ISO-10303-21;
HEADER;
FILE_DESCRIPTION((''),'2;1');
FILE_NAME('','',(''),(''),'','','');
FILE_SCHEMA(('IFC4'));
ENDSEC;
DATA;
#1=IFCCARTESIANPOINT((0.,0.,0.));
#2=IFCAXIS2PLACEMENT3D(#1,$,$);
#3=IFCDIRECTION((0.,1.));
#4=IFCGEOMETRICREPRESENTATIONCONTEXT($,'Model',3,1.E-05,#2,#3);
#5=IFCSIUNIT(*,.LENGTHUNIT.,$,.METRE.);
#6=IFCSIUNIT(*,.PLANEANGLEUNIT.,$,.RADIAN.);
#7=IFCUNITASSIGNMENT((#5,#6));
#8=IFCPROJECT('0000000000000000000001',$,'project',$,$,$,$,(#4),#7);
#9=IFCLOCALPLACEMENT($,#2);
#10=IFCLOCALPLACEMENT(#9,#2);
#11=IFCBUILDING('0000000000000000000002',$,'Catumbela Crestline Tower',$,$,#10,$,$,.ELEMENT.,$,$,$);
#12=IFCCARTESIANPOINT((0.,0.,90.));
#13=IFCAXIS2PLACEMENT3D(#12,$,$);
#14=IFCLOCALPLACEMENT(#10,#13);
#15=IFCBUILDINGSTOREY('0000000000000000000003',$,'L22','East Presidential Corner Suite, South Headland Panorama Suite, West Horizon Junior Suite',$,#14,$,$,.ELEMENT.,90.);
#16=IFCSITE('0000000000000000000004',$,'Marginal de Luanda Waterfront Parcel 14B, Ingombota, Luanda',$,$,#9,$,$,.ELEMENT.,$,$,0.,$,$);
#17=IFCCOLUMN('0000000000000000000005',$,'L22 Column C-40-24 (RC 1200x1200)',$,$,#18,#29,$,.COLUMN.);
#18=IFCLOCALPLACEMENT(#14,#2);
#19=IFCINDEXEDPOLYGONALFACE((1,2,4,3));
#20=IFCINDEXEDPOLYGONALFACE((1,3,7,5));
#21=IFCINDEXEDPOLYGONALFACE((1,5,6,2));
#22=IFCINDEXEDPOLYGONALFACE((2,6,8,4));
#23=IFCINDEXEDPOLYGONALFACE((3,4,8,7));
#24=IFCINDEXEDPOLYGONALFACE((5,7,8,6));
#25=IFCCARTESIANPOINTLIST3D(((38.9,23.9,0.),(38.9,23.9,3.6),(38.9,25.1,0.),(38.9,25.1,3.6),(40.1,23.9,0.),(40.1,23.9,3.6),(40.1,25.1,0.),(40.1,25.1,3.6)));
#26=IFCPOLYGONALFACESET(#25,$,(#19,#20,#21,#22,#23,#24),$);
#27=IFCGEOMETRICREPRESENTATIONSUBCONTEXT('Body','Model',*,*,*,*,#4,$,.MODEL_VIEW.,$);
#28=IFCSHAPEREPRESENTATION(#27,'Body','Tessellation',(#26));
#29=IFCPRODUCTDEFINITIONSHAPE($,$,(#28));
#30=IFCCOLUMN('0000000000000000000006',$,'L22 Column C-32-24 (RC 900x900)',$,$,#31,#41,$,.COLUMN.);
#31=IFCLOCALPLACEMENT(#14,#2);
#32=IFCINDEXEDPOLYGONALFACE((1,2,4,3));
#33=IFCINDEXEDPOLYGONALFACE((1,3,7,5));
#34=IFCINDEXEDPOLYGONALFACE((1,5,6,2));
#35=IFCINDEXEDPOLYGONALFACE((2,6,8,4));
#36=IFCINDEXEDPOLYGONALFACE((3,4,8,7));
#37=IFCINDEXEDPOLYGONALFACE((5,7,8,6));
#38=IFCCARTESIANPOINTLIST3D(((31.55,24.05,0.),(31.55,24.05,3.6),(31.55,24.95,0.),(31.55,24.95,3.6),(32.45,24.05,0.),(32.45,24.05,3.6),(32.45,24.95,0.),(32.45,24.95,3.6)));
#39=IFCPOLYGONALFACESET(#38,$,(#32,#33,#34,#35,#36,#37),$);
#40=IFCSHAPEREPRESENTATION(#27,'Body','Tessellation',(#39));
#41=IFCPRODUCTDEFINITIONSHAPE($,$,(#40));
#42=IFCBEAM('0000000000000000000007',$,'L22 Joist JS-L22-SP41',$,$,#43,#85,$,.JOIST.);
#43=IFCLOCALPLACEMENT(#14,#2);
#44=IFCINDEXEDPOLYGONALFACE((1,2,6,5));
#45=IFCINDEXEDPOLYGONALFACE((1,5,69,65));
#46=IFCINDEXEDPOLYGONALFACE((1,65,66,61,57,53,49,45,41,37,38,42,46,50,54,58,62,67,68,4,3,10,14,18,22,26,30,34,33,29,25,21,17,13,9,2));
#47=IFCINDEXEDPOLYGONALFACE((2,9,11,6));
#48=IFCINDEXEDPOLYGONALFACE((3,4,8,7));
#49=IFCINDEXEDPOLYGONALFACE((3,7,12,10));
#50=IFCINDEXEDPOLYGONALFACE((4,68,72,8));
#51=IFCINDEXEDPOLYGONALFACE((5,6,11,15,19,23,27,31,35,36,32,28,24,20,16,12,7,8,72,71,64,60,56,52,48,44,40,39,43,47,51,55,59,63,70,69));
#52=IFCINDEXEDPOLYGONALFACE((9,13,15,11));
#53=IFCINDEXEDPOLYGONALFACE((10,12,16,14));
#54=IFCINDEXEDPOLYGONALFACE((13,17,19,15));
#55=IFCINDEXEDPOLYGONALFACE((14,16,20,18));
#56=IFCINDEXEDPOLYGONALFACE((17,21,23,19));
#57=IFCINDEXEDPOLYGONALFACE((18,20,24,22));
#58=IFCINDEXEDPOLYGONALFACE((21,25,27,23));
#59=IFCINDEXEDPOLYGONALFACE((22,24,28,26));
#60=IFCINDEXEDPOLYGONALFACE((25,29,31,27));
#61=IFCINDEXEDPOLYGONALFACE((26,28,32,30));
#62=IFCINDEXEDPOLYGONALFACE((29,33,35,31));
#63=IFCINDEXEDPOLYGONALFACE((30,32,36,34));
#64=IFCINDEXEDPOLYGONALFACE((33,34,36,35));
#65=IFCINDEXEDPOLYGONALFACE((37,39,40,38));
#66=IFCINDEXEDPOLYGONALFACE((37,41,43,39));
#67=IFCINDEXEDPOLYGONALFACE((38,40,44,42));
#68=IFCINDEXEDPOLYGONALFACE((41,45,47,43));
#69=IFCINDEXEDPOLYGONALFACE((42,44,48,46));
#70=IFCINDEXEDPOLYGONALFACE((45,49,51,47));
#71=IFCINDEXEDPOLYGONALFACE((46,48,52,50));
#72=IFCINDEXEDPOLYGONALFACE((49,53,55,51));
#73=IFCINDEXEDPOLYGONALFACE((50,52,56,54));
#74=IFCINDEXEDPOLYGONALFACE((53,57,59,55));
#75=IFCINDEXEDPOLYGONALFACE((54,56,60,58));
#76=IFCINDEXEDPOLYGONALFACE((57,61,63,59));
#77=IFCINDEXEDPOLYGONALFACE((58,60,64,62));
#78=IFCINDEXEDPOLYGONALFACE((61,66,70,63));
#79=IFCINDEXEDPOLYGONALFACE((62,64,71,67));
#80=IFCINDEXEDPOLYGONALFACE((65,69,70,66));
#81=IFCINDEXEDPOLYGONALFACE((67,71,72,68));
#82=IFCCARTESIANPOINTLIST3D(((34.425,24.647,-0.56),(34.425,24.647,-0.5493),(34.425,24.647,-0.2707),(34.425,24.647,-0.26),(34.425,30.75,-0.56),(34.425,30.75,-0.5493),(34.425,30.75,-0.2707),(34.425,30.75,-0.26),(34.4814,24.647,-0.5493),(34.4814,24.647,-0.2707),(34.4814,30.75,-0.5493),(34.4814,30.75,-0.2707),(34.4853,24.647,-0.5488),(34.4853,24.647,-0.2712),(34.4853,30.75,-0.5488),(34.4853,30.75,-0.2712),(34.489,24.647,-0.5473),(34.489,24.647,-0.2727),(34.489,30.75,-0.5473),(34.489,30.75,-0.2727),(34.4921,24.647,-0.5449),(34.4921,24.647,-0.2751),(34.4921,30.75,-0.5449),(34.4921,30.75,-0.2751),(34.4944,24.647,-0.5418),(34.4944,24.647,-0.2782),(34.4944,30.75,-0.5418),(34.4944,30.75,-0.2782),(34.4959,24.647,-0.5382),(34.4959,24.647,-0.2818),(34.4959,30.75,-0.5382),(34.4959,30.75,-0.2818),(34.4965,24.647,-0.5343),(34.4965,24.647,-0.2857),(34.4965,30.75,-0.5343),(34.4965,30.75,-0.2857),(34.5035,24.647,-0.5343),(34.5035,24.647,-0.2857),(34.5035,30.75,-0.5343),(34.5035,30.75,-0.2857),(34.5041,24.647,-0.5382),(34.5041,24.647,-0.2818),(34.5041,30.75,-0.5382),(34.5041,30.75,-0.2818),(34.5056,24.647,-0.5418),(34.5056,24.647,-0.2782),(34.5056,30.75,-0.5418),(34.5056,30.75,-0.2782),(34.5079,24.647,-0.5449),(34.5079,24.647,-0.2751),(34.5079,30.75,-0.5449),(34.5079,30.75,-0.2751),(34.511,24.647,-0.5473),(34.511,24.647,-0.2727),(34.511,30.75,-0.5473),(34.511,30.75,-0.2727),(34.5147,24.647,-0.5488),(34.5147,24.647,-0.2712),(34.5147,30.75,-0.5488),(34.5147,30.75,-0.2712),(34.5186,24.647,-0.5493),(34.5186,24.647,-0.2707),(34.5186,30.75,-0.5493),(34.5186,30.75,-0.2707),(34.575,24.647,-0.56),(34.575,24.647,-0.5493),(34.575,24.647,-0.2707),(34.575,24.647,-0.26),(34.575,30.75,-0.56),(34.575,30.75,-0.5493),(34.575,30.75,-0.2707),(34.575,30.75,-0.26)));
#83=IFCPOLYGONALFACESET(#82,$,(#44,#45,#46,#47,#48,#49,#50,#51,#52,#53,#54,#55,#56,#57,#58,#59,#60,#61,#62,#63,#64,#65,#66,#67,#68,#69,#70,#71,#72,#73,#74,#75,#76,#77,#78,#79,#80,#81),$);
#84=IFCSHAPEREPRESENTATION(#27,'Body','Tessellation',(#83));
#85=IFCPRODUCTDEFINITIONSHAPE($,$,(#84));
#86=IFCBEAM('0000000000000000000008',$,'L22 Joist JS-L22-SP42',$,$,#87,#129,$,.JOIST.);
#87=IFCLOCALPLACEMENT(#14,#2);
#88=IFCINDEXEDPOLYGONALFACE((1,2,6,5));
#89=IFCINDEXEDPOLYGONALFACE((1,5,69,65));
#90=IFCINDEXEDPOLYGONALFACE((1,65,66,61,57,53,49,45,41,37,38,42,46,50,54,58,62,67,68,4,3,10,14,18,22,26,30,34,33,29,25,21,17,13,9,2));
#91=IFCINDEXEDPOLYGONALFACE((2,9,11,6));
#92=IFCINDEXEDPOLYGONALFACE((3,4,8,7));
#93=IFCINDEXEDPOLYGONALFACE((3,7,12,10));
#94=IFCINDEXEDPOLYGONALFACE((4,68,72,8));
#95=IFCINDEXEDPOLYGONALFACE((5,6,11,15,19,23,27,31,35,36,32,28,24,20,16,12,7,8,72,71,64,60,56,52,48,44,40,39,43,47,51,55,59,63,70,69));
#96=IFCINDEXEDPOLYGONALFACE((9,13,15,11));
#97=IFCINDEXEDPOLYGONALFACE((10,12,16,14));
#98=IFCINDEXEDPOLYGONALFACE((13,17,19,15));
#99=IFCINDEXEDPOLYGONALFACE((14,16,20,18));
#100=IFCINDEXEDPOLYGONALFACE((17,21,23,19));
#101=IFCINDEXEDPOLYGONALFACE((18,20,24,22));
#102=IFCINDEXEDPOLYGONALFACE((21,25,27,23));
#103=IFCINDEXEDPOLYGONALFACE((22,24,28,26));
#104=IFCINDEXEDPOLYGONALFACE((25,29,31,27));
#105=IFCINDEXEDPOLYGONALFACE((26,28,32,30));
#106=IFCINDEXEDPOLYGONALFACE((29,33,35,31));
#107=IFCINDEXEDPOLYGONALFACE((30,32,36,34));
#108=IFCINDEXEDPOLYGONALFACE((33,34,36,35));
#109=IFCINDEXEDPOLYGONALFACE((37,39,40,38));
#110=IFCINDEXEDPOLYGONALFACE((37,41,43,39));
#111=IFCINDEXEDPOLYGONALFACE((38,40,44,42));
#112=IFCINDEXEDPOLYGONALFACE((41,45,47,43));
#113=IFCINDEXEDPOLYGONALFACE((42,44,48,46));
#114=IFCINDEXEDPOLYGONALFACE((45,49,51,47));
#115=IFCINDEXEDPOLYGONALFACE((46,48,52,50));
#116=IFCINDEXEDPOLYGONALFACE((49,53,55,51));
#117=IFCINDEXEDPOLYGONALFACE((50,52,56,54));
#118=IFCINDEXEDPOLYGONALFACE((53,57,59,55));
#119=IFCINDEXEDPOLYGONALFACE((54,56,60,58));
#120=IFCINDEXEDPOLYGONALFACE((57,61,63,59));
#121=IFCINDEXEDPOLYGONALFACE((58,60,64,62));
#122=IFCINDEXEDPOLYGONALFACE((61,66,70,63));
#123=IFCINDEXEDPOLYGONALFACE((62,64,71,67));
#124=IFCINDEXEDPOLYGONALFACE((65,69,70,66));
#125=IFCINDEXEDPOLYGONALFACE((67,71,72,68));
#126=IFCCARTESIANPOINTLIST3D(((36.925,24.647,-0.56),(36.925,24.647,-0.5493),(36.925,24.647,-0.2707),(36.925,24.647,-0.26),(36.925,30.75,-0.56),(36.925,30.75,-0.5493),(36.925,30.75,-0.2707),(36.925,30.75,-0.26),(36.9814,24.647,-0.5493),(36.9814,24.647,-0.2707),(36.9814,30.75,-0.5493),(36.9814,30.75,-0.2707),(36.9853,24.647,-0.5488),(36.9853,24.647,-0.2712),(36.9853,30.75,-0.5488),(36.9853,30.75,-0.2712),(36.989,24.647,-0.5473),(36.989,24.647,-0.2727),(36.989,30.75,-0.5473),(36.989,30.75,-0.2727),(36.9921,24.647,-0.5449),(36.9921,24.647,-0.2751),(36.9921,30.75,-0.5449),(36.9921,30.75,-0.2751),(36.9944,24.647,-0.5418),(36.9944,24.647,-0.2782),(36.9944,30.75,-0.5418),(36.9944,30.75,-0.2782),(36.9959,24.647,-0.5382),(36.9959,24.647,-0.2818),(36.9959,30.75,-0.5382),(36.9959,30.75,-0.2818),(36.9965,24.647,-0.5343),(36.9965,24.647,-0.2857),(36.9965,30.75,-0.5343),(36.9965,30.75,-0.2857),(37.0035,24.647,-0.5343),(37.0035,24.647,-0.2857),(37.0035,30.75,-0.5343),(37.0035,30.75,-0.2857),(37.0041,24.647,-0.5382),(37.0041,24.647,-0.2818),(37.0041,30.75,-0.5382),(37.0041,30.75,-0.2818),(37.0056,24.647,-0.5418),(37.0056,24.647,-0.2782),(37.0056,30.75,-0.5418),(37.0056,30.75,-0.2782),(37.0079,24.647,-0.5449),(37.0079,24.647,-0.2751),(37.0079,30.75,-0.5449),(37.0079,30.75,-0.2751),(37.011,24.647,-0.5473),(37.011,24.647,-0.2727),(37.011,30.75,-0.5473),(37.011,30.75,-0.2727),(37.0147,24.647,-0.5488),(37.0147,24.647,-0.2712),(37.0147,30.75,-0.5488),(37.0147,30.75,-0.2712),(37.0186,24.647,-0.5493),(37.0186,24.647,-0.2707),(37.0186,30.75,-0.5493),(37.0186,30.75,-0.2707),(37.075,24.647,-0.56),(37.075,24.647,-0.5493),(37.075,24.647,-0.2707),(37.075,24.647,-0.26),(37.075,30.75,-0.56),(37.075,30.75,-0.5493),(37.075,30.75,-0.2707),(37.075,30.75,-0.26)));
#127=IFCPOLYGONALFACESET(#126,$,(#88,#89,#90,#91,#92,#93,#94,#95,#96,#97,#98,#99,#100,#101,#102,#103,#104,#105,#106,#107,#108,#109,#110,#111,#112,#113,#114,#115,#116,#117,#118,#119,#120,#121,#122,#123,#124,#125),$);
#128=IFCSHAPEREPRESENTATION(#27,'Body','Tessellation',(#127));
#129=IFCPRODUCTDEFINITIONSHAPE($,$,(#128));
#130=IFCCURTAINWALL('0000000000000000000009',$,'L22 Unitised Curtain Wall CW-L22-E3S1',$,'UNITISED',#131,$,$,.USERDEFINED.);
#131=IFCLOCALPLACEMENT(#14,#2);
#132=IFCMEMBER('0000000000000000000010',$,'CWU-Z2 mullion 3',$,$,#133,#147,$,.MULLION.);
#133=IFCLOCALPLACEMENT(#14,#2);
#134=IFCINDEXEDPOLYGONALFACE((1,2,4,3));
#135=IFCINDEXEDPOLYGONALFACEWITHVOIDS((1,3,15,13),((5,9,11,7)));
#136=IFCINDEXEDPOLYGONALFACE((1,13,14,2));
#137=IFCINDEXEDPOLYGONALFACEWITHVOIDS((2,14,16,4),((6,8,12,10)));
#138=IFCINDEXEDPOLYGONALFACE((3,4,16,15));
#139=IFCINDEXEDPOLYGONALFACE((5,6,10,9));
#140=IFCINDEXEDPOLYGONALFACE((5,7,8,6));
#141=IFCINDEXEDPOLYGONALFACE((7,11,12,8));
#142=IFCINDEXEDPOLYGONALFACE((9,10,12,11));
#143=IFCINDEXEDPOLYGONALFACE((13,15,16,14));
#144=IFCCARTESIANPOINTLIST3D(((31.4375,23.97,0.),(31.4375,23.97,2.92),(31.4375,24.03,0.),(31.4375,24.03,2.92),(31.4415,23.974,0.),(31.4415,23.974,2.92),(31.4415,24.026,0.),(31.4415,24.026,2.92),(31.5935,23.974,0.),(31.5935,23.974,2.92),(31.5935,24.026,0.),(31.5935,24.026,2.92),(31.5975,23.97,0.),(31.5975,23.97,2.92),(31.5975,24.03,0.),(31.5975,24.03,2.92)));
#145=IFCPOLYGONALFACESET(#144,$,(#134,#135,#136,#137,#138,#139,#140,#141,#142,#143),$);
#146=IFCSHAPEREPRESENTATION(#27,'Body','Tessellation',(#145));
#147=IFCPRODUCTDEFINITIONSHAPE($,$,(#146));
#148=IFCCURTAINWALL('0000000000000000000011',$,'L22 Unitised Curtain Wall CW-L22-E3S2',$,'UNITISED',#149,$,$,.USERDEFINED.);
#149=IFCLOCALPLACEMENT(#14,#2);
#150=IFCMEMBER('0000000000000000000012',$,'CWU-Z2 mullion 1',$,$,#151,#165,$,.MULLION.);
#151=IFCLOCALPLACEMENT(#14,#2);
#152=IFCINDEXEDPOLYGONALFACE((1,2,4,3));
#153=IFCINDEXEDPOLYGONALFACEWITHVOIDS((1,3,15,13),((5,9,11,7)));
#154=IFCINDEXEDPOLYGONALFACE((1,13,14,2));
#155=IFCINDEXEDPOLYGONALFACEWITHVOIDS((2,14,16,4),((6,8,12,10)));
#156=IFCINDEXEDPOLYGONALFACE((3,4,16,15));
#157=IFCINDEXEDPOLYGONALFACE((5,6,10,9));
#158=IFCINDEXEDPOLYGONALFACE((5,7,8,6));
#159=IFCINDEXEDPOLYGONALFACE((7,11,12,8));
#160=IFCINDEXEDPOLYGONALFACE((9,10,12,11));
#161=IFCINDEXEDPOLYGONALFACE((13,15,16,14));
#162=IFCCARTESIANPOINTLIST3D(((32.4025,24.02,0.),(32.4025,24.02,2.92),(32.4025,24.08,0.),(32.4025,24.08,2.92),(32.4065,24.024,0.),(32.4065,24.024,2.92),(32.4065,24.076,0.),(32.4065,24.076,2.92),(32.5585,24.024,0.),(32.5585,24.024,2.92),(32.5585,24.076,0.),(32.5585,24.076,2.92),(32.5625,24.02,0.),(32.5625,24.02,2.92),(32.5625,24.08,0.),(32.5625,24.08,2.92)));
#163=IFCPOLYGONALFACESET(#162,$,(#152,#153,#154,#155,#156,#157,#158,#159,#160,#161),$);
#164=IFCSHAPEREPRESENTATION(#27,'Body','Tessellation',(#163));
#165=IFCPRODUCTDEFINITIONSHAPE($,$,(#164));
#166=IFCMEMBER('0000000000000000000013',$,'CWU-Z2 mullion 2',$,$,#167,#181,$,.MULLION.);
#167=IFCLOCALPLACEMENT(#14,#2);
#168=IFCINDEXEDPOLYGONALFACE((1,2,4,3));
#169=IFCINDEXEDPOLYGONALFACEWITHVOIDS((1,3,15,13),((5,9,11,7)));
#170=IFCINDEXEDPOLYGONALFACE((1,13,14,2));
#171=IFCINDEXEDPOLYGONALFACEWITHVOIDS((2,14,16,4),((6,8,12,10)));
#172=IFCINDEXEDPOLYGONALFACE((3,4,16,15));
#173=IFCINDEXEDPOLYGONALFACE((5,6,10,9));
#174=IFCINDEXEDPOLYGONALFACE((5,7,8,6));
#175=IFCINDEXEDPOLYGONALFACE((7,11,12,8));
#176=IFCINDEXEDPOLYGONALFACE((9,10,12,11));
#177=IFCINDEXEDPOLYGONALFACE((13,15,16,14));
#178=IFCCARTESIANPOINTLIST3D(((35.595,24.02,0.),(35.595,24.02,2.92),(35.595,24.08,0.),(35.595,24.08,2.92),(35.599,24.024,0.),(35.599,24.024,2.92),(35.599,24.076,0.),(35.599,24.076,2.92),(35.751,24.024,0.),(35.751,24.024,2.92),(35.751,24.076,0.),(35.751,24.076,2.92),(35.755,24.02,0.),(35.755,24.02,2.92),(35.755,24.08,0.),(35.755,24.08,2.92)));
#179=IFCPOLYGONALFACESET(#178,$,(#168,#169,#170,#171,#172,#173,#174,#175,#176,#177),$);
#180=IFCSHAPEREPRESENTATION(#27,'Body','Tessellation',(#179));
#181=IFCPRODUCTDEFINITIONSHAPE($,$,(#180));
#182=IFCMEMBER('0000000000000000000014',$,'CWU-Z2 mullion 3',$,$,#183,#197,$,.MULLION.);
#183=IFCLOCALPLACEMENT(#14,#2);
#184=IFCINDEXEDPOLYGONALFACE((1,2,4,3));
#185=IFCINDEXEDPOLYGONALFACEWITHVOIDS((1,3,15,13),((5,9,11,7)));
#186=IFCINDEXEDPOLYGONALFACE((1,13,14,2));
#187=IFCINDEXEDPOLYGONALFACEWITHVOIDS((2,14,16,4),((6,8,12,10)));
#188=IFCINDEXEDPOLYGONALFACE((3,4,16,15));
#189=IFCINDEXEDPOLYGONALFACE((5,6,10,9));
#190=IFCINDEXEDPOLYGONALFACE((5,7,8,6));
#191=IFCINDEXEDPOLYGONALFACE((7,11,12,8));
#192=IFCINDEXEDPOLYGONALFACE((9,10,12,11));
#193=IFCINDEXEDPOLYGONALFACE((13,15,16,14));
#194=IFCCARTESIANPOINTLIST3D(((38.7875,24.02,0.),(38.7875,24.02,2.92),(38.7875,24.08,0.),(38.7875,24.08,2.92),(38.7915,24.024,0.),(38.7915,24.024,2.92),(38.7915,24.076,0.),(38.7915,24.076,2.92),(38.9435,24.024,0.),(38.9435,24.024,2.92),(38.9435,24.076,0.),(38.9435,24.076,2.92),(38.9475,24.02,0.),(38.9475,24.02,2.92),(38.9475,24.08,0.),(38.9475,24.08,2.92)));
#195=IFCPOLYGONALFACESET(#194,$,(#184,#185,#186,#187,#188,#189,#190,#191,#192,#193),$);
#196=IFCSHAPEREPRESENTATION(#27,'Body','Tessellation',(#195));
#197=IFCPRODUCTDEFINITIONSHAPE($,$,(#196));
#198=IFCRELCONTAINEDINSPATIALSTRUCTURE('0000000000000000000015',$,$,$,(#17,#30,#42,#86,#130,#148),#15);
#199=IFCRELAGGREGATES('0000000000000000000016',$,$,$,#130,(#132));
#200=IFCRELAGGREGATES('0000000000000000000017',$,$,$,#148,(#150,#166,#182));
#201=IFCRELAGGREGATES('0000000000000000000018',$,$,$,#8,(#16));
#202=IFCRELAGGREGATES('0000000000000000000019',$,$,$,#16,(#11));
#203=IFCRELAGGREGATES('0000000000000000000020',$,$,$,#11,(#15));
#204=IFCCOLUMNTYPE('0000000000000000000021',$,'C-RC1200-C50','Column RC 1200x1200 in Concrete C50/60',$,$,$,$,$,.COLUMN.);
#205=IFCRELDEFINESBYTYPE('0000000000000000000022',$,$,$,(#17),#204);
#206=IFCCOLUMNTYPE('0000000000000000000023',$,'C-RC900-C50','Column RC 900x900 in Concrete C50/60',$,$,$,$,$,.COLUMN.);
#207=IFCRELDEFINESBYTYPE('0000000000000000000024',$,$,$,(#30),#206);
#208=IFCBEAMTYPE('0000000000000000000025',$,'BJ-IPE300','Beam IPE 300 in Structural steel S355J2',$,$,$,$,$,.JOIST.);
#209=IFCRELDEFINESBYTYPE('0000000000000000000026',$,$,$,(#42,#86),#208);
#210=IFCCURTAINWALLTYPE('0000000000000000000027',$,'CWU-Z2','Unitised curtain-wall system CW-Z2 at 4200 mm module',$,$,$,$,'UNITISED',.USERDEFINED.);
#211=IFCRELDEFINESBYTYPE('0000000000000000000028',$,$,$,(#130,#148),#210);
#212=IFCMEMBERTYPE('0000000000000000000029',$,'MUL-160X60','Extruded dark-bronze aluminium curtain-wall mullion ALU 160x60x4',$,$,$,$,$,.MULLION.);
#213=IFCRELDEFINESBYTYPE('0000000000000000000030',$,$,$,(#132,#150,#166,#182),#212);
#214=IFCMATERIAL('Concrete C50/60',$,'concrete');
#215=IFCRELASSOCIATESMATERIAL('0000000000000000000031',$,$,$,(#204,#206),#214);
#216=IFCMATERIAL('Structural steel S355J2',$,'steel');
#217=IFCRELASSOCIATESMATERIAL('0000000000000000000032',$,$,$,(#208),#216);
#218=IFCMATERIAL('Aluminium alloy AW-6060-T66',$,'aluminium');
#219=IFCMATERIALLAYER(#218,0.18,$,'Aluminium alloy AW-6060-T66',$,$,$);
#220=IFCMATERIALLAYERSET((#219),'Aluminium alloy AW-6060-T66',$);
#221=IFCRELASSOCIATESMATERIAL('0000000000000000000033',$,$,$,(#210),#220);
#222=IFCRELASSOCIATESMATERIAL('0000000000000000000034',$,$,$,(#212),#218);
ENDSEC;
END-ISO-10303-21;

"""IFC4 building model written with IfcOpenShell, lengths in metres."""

from ifc_helpers import new_model, si_unit, direction, frame, origin, origin_2d, place, context, subcontext, project, spatial, rectangle, hollow_rectangle, i_section, extrude, material, layer, layer_set, material_profile, profile_set, type_object, element, aggregate, save


model = new_model("IFC4")

# Units and contexts
model_context = context("Model", 3, precision=1e-05, world=origin(), true_north=direction((0.0, 1.0)))
body_context = subcontext(model_context, "Body", "Model", "MODEL_VIEW")
ifc_project = project(units=[si_unit("LENGTHUNIT", "METRE"), si_unit("PLANEANGLEUNIT", "RADIAN")], contexts=[model_context])

# Site, building, storey
site_placement = place(None, origin())
site = spatial("IfcSite", under=ifc_project, at=site_placement, Name="Marginal de Luanda Waterfront Parcel 14B, Ingombota, Luanda", CompositionType="ELEMENT", RefElevation=0.0)
building_placement = place(site_placement, origin())
building = spatial("IfcBuilding", under=site, at=building_placement, Name="Catumbela Crestline Tower", CompositionType="ELEMENT")
storey_placement = place(building_placement, frame((0.0, 0.0, 90.0)))
storey = spatial("IfcBuildingStorey", under=building, at=storey_placement, Name="L22", Description="East Presidential Corner Suite, South Headland Panorama Suite, West Horizon Junior Suite", CompositionType="ELEMENT", Elevation=90.0)

# Columns
ifc_material_1 = material(Name="Concrete C50/60", Category="concrete")
ifc_material_profile_1 = material_profile(ifc_material_1, rectangle(XDim=1.2, YDim=1.2, at=origin_2d()), Name="RC 1200x1200")
ifc_profile_set_1 = profile_set([ifc_material_profile_1], Name="Concrete C50/60")
column_type_1 = type_object("IfcColumnType", Name="C-RC1200-C50", Description="Column RC 1200x1200 in Concrete C50/60", PredefinedType="COLUMN", material=ifc_profile_set_1)
column_1_placement = place(storey_placement, frame((39.5, 24.5, 0.0), z_axis=(0.0, 0.0, 1.0), x_axis=(1.0, 0.0, 0.0)))
element("IfcColumn", 1, at=column_1_placement, inside=storey, type_object=column_type_1, Name="L22 Column C-40-24 (RC 1200x1200)", PredefinedType="COLUMN", context=body_context, shape_type="SweptSolid", body=[
    extrude(rectangle(XDim=1.2, YDim=1.2, at=origin_2d()), origin(), (0.0, 0.0, 1.0), 3.6),
])
ifc_material_profile_2 = material_profile(ifc_material_1, rectangle(XDim=0.9, YDim=0.9, at=origin_2d()), Name="RC 900x900")
ifc_profile_set_2 = profile_set([ifc_material_profile_2], Name="Concrete C50/60")
column_type_2 = type_object("IfcColumnType", Name="C-RC900-C50", Description="Column RC 900x900 in Concrete C50/60", PredefinedType="COLUMN", material=ifc_profile_set_2)
column_2_placement = place(storey_placement, frame((32.0, 24.5, 0.0), z_axis=(0.0, 0.0, 1.0), x_axis=(1.0, 0.0, 0.0)))
element("IfcColumn", 2, at=column_2_placement, inside=storey, type_object=column_type_2, Name="L22 Column C-32-24 (RC 900x900)", PredefinedType="COLUMN", context=body_context, shape_type="SweptSolid", body=[
    extrude(rectangle(XDim=0.9, YDim=0.9, at=origin_2d()), origin(), (0.0, 0.0, 1.0), 3.6),
])

# Beams
ifc_material_2 = material(Name="Structural steel S355J2", Category="steel")
ifc_material_profile_3 = material_profile(ifc_material_2, i_section(OverallWidth=0.15, OverallDepth=0.3, WebThickness=0.0071, FlangeThickness=0.0107, FilletRadius=0.015, at=origin_2d()), Name="IPE 300")
ifc_profile_set_3 = profile_set([ifc_material_profile_3], Name="Structural steel S355J2")
beam_type_1 = type_object("IfcBeamType", Name="BJ-IPE300", Description="Beam IPE 300 in Structural steel S355J2", PredefinedType="JOIST", material=ifc_profile_set_3)
for number, where, z_axis, x_axis, name in (
    (3, (34.5, 24.647, -0.41), (0.0, 1.0, 0.0), (-1.0, 0.0, 0.0), "L22 Joist JS-L22-SP41"),
    (4, (37.0, 24.647, -0.41), (0.0, 1.0, 0.0), (-1.0, 0.0, 0.0), "L22 Joist JS-L22-SP42"),
):
    element("IfcBeam", number, at=place(storey_placement, frame(where, z_axis=z_axis, x_axis=x_axis)), inside=storey, type_object=beam_type_1, Name=name, PredefinedType="JOIST", context=body_context, shape_type="SweptSolid", body=[
        extrude(i_section(OverallWidth=0.15, OverallDepth=0.3, WebThickness=0.0071, FlangeThickness=0.0107, FilletRadius=0.015, at=origin_2d()), origin(), (0.0, 0.0, 1.0), 6.103),
    ])

# Curtain wall, member
ifc_material_3 = material(Name="Aluminium alloy AW-6060-T66", Category="aluminium")
ifc_layer_1 = layer(ifc_material_3, 0.18, Name="Aluminium alloy AW-6060-T66")
ifc_layer_set_1 = layer_set([ifc_layer_1], Name="Aluminium alloy AW-6060-T66")
curtain_wall_type = type_object("IfcCurtainWallType", Name="CWU-Z2", Description="Unitised curtain-wall system CW-Z2 at 4200 mm module", ElementType="UNITISED", PredefinedType="USERDEFINED", material=ifc_layer_set_1)
curtain_wall_1_placement = place(storey_placement, origin())
curtain_wall_1 = element("IfcCurtainWall", 5, at=curtain_wall_1_placement, inside=storey, type_object=curtain_wall_type, Name="L22 Unitised Curtain Wall CW-L22-E3S1", ObjectType="UNITISED", PredefinedType="USERDEFINED")
ifc_material_profile_4 = material_profile(ifc_material_3, hollow_rectangle(XDim=0.06, YDim=0.16, WallThickness=0.004, at=origin_2d()), Name="ALU 160x60x4")
ifc_profile_set_4 = profile_set([ifc_material_profile_4], Name="Aluminium alloy AW-6060-T66")
member_type_1 = type_object("IfcMemberType", Name="MUL-160X60", Description="Extruded dark-bronze aluminium curtain-wall mullion ALU 160x60x4", PredefinedType="MULLION", material=ifc_profile_set_4)
member_1_placement = place(storey_placement, frame((31.5175, 24.0, 0.0), z_axis=(0.0, 0.0, 1.0), x_axis=(0.0, 1.0, 0.0)))
member_1 = element("IfcMember", 6, at=member_1_placement, type_object=member_type_1, Name="CWU-Z2 mullion 3", PredefinedType="MULLION", context=body_context, shape_type="SweptSolid", body=[
    extrude(hollow_rectangle(XDim=0.06, YDim=0.16, WallThickness=0.004, at=origin_2d()), origin(), (0.0, 0.0, 1.0), 2.92),
])

# Curtain wall, members
curtain_wall_2_placement = place(storey_placement, origin())
curtain_wall_2 = element("IfcCurtainWall", 7, at=curtain_wall_2_placement, inside=storey, type_object=curtain_wall_type, Name="L22 Unitised Curtain Wall CW-L22-E3S2", ObjectType="UNITISED", PredefinedType="USERDEFINED")
member_2_placement = place(storey_placement, frame((32.4825, 24.05, 0.0), z_axis=(0.0, 0.0, 1.0), x_axis=(0.0, 1.0, 0.0)))
member_2 = element("IfcMember", 8, at=member_2_placement, type_object=member_type_1, Name="CWU-Z2 mullion 1", PredefinedType="MULLION", context=body_context, shape_type="SweptSolid", body=[
    extrude(hollow_rectangle(XDim=0.06, YDim=0.16, WallThickness=0.004, at=origin_2d()), origin(), (0.0, 0.0, 1.0), 2.92),
])
member_3_placement = place(storey_placement, frame((35.675, 24.05, 0.0), z_axis=(0.0, 0.0, 1.0), x_axis=(0.0, 1.0, 0.0)))
member_3 = element("IfcMember", 9, at=member_3_placement, type_object=member_type_1, Name="CWU-Z2 mullion 2", PredefinedType="MULLION", context=body_context, shape_type="SweptSolid", body=[
    extrude(hollow_rectangle(XDim=0.06, YDim=0.16, WallThickness=0.004, at=origin_2d()), origin(), (0.0, 0.0, 1.0), 2.92),
])
member_4_placement = place(storey_placement, frame((38.8675, 24.05, 0.0), z_axis=(0.0, 0.0, 1.0), x_axis=(0.0, 1.0, 0.0)))
member_4 = element("IfcMember", 10, at=member_4_placement, type_object=member_type_1, Name="CWU-Z2 mullion 3", PredefinedType="MULLION", context=body_context, shape_type="SweptSolid", body=[
    extrude(hollow_rectangle(XDim=0.06, YDim=0.16, WallThickness=0.004, at=origin_2d()), origin(), (0.0, 0.0, 1.0), 2.92),
])

aggregate(curtain_wall_1, [member_1])
aggregate(curtain_wall_2, [member_2, member_3, member_4])

save(model, "model.ifc")
